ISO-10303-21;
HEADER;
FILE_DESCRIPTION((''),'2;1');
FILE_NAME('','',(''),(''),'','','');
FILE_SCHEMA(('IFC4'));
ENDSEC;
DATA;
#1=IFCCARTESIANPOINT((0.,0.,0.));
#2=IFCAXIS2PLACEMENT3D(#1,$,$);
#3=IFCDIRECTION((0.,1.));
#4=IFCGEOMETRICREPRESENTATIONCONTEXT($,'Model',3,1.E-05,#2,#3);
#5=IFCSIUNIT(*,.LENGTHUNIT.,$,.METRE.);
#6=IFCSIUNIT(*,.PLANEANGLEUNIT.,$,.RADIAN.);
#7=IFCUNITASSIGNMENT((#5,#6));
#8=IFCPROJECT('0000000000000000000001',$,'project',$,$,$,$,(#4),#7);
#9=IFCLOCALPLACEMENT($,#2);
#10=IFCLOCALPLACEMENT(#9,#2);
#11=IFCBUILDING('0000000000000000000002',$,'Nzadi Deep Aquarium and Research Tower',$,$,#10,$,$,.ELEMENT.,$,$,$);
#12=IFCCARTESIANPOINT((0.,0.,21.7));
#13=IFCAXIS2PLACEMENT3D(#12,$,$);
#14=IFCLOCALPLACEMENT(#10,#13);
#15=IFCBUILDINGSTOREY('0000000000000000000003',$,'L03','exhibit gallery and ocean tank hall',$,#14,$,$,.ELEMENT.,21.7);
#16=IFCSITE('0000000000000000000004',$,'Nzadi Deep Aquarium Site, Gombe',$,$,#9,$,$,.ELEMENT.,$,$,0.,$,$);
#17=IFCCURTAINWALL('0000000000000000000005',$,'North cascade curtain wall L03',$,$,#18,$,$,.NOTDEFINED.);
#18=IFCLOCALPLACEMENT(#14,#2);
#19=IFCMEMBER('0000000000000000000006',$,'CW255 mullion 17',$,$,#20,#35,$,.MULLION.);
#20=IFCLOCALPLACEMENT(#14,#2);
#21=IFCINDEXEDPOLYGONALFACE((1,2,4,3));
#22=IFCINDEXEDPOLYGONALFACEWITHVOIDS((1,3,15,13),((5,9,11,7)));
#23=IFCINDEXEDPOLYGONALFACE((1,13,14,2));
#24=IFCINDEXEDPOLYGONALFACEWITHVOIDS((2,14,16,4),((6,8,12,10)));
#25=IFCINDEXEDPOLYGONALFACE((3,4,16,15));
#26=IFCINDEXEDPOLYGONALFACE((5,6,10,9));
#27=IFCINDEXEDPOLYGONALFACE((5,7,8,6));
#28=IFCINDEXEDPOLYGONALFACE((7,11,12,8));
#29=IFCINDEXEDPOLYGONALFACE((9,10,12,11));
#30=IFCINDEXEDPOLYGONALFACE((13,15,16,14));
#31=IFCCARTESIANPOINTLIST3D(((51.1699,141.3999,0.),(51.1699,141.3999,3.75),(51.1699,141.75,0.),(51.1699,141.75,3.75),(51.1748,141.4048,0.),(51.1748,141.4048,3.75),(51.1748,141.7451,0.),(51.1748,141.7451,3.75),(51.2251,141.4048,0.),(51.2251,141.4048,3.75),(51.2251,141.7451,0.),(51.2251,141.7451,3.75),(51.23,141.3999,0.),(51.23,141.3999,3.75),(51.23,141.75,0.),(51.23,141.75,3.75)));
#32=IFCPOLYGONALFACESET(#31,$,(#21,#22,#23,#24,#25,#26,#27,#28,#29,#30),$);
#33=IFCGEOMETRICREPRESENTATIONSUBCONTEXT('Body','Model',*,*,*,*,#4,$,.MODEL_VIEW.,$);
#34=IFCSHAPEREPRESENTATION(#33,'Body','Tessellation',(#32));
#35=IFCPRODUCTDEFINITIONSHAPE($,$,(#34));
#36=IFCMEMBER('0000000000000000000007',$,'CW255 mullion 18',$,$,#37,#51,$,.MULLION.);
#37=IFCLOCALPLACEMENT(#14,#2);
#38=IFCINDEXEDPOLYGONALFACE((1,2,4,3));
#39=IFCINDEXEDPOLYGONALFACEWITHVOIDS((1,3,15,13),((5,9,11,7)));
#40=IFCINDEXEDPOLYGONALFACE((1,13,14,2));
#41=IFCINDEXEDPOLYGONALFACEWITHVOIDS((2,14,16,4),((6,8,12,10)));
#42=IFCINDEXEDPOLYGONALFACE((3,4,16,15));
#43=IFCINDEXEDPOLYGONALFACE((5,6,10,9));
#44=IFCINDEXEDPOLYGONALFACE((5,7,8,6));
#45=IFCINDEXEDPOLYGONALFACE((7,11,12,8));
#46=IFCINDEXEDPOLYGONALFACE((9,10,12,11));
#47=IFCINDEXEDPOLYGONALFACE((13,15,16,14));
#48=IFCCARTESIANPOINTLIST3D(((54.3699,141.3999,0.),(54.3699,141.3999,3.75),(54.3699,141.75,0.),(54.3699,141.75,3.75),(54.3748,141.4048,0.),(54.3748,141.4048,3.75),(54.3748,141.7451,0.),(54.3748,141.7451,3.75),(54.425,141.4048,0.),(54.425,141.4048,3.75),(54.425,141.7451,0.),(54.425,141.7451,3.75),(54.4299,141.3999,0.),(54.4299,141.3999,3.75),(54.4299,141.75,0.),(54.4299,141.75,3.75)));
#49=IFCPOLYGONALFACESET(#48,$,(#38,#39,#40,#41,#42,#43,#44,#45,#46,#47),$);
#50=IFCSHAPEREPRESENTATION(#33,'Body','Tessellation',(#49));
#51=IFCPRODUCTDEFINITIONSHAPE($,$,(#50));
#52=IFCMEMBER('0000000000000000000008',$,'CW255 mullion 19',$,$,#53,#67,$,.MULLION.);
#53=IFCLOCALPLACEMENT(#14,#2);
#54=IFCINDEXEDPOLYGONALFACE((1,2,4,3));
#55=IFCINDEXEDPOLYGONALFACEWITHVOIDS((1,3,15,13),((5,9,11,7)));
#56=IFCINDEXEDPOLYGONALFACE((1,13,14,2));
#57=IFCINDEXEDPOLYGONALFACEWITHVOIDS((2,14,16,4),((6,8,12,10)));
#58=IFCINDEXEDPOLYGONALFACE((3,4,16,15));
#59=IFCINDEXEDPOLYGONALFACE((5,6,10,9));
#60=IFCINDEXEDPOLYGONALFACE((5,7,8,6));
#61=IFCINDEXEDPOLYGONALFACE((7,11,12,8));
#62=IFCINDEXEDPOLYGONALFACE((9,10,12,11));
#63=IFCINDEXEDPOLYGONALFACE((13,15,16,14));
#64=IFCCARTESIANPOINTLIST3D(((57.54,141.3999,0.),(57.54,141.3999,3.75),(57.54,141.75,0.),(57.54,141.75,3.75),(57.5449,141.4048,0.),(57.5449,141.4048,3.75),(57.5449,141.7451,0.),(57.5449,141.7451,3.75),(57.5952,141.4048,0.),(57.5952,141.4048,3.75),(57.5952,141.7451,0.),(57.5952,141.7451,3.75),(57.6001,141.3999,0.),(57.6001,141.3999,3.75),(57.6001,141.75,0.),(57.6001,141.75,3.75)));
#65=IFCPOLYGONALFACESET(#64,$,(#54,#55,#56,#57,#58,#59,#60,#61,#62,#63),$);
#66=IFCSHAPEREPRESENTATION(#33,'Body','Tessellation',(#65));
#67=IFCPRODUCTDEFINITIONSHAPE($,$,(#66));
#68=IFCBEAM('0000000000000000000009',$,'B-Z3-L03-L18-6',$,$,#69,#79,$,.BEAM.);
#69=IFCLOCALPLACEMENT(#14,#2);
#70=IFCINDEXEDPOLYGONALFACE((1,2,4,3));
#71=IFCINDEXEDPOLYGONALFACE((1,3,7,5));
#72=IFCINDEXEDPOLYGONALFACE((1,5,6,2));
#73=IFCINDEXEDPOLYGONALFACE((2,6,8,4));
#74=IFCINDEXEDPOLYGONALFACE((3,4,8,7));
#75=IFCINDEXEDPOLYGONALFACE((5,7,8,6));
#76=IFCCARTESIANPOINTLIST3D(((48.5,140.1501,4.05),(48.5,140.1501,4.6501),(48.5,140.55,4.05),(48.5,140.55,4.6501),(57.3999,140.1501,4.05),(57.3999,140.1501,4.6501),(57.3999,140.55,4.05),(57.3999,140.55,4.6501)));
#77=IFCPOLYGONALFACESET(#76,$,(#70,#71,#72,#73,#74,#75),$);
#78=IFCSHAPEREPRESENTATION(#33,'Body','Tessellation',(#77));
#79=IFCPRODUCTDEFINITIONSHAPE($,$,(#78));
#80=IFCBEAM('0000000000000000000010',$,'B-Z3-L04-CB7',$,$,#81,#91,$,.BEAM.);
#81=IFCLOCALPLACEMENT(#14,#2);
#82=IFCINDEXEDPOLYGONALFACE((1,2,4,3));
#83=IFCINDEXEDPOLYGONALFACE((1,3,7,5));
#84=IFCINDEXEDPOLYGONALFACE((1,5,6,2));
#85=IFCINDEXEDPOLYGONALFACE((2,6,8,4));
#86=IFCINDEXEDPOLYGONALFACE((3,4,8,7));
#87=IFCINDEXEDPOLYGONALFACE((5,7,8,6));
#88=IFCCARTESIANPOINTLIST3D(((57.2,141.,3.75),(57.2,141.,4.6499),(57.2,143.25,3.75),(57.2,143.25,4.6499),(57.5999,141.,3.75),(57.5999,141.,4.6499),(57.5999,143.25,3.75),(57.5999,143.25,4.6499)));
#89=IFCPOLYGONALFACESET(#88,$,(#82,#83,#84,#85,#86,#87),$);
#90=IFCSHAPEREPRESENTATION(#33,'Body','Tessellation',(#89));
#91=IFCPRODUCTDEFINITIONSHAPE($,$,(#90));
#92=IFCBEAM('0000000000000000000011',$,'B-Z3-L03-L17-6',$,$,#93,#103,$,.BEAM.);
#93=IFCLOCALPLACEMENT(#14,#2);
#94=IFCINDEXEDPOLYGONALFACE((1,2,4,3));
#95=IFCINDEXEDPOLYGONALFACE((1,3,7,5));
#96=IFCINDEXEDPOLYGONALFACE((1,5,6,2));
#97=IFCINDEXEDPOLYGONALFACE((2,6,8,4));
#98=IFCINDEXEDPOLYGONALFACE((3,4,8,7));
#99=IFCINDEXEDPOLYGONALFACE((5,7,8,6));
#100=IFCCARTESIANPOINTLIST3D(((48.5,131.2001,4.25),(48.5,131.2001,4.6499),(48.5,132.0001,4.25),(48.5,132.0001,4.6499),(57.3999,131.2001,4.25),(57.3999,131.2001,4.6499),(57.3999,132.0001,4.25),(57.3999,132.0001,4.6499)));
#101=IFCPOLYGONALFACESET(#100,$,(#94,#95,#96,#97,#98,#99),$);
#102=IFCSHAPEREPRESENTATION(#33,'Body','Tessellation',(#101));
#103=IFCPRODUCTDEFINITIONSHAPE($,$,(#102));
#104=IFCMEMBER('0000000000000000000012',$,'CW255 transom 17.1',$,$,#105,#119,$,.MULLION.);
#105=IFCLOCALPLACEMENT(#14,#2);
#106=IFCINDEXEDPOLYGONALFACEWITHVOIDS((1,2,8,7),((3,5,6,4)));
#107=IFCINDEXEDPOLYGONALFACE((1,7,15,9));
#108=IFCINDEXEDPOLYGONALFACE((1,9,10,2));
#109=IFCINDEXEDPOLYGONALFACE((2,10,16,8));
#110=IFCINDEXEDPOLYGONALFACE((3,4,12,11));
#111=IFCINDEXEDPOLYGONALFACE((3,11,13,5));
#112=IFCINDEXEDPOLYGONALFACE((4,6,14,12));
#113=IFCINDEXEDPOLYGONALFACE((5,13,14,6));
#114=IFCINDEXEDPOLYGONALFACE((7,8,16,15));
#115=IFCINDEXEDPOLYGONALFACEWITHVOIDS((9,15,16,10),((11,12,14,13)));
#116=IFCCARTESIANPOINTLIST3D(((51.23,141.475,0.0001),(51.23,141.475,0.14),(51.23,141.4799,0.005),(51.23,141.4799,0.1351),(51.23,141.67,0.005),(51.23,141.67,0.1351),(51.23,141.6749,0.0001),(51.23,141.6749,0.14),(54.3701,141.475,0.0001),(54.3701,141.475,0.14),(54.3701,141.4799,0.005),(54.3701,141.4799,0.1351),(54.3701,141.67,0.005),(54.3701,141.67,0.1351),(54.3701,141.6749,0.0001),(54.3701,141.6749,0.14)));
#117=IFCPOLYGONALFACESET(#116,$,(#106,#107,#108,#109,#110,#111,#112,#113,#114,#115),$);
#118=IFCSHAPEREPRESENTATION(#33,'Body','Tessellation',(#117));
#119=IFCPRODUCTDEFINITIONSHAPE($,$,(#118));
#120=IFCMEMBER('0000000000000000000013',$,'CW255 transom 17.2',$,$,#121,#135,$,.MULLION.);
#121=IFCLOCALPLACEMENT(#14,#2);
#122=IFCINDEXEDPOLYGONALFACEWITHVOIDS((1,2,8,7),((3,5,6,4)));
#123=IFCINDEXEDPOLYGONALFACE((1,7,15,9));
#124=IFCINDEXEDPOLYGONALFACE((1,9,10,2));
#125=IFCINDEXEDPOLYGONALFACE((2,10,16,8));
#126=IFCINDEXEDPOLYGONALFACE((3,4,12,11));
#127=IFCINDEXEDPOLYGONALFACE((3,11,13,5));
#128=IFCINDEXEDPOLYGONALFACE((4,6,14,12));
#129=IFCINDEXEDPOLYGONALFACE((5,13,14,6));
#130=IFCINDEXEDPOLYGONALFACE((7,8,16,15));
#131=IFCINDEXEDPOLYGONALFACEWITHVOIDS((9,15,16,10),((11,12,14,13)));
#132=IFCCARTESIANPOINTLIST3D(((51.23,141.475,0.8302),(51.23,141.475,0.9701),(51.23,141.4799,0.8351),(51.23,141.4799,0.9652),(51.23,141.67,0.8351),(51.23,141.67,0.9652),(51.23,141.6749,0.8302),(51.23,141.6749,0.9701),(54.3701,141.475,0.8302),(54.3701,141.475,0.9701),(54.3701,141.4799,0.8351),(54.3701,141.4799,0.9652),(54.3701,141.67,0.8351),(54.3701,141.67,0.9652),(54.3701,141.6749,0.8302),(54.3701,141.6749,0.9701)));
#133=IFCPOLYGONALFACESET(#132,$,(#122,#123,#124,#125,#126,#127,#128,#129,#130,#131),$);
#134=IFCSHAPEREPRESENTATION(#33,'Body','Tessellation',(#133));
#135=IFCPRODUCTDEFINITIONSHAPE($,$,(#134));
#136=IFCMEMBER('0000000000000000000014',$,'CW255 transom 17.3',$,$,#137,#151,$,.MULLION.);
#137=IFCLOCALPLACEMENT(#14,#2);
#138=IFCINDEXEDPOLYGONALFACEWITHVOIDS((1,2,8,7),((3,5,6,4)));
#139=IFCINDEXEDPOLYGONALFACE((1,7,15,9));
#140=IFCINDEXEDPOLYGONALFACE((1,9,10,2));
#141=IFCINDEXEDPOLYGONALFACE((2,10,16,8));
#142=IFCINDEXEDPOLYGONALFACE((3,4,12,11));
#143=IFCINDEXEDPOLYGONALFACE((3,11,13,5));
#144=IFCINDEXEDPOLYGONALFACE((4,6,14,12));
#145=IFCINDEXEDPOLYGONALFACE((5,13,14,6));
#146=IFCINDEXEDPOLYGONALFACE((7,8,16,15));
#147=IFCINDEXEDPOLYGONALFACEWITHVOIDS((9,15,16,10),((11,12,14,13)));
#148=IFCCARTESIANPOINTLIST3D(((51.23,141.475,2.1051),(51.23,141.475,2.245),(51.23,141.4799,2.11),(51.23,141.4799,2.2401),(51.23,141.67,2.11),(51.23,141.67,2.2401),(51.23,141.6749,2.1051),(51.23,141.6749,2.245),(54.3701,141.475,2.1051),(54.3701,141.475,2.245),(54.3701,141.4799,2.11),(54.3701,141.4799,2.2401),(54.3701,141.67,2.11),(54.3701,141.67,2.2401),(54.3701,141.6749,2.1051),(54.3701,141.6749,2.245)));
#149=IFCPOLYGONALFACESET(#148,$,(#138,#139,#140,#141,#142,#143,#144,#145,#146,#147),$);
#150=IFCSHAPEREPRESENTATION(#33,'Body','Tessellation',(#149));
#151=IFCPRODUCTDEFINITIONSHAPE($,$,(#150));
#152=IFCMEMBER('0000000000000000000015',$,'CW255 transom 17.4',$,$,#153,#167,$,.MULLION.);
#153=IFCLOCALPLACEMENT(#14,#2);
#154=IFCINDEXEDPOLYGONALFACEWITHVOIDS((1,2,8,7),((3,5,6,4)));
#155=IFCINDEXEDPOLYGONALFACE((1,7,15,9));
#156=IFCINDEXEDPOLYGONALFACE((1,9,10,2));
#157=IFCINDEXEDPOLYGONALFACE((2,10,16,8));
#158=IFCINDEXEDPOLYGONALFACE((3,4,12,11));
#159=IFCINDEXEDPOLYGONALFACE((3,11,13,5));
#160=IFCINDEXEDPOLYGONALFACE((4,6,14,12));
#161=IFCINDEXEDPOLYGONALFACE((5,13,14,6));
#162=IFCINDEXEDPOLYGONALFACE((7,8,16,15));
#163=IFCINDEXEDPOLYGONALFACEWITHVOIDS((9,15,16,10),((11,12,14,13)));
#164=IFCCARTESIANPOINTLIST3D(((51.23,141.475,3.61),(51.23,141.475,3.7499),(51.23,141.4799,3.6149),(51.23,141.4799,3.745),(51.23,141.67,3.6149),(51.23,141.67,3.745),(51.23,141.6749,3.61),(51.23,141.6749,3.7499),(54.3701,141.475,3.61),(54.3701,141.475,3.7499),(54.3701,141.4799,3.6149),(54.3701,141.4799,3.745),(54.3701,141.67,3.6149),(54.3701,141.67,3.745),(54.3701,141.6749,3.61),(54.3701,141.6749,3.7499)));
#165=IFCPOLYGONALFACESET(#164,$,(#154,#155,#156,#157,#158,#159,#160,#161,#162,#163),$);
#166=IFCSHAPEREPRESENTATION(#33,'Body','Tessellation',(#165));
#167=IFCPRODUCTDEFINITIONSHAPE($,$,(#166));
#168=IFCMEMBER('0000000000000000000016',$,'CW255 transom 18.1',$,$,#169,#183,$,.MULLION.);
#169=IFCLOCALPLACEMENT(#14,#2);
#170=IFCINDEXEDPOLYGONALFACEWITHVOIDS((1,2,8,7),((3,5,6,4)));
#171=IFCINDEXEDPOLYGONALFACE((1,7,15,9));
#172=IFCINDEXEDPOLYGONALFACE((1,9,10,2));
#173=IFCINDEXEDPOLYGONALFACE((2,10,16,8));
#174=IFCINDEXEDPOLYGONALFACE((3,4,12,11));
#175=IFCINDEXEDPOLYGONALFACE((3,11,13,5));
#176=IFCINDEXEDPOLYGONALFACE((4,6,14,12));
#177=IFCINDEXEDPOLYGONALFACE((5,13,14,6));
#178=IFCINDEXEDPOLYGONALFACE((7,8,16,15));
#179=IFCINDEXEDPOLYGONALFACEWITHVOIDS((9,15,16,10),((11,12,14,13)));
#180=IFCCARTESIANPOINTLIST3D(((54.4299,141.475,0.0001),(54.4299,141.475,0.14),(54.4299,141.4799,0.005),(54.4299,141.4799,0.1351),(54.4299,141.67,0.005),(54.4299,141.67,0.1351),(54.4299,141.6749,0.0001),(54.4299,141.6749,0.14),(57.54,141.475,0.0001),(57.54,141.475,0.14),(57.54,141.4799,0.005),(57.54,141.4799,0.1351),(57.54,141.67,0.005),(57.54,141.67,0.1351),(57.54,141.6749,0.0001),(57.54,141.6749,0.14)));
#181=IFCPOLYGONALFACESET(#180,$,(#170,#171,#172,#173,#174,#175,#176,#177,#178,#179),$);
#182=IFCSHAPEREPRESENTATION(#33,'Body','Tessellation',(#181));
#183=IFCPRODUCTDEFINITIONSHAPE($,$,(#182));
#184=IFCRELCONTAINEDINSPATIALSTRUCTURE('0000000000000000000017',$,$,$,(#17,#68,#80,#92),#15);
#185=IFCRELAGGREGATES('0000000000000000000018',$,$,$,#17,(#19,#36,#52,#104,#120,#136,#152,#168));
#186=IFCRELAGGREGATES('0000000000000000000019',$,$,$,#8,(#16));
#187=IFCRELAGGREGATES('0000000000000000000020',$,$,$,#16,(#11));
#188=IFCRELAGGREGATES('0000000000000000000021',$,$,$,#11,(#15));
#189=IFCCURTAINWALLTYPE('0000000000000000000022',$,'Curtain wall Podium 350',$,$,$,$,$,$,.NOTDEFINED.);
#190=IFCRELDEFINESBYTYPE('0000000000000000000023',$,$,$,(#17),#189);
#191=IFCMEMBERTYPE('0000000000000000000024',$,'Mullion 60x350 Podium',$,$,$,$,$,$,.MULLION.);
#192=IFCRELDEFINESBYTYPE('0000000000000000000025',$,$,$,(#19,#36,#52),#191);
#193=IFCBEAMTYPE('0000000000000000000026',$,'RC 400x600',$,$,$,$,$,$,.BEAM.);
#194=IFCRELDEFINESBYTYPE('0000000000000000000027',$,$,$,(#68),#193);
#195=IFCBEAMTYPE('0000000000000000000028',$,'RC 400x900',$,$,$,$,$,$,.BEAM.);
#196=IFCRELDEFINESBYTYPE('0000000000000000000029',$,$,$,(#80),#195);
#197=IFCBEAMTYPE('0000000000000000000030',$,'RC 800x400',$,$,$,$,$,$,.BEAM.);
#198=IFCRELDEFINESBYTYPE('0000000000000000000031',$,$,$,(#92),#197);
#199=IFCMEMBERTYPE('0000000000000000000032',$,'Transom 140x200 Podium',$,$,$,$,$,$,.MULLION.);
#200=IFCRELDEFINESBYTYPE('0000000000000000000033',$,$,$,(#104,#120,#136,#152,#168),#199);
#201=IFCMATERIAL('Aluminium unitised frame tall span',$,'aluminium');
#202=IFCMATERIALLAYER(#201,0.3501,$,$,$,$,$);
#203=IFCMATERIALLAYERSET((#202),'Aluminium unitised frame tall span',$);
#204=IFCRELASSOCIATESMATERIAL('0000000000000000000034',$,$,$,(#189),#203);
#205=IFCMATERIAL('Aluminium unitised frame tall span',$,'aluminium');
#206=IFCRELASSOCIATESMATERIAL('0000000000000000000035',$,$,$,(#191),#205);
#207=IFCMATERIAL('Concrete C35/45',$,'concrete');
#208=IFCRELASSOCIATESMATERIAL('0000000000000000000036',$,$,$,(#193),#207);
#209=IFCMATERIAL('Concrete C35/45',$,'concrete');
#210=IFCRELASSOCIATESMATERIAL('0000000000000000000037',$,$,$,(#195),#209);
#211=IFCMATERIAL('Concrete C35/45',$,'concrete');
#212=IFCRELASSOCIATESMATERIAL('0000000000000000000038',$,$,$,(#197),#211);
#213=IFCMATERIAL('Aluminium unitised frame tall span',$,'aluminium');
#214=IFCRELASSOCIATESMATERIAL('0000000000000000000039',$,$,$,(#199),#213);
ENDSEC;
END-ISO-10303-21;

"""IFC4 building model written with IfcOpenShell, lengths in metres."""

from ifc_helpers import new_model, si_unit, direction, frame, origin, origin_2d, place, context, subcontext, project, spatial, rectangle, hollow_rectangle, extrude, material, layer, layer_set, material_profile, profile_set, type_object, element, aggregate, save


model = new_model("IFC4")

# Units and contexts
model_context = context("Model", 3, precision=1e-05, world=origin(), true_north=direction((0.0, 1.0)))
body_context = subcontext(model_context, "Body", "Model", "MODEL_VIEW")
ifc_project = project(units=[si_unit("LENGTHUNIT", "METRE"), si_unit("PLANEANGLEUNIT", "RADIAN")], contexts=[model_context])

# Site, building, storey
site_placement = place(None, origin())
site = spatial("IfcSite", under=ifc_project, at=site_placement, Name="Nzadi Deep Aquarium Site, Gombe", CompositionType="ELEMENT", RefElevation=0.0)
building_placement = place(site_placement, origin())
building = spatial("IfcBuilding", under=site, at=building_placement, Name="Nzadi Deep Aquarium and Research Tower", CompositionType="ELEMENT")
storey_placement = place(building_placement, frame((0.0, 0.0, 21.7)))
storey = spatial("IfcBuildingStorey", under=building, at=storey_placement, Name="L03", Description="exhibit gallery and ocean tank hall", CompositionType="ELEMENT", Elevation=21.7)

# Curtain wall, members
ifc_material_1 = material(Name="Aluminium unitised frame tall span", Category="aluminium")
ifc_layer_1 = layer(ifc_material_1, 0.3501)
ifc_layer_set_1 = layer_set([ifc_layer_1], Name="Aluminium unitised frame tall span")
curtain_wall_type = type_object("IfcCurtainWallType", Name="Curtain wall Podium 350", PredefinedType="NOTDEFINED", material=ifc_layer_set_1)
curtain_wall_placement = place(storey_placement, origin())
curtain_wall = element("IfcCurtainWall", 1, at=curtain_wall_placement, inside=storey, type_object=curtain_wall_type, Name="North cascade curtain wall L03", PredefinedType="NOTDEFINED")
ifc_material_2 = material(Name="Aluminium unitised frame tall span", Category="aluminium")
ifc_material_profile_1 = material_profile(ifc_material_2, hollow_rectangle(XDim=0.3501, YDim=0.0601, WallThickness=0.0049, at=origin_2d()))
ifc_profile_set_1 = profile_set([ifc_material_profile_1], Name="Aluminium unitised frame tall span")
member_type_1 = type_object("IfcMemberType", Name="Mullion 60x350 Podium", PredefinedType="MULLION", material=ifc_profile_set_1)
member_1_placement = place(storey_placement, frame((51.2, 141.575, 0.0), z_axis=(0.0, 0.0, 1.0), x_axis=(0.0, 1.0, 0.0)))
member_1 = element("IfcMember", 2, at=member_1_placement, type_object=member_type_1, Name="CW255 mullion 17", PredefinedType="MULLION", context=body_context, shape_type="SweptSolid", body=[
    extrude(hollow_rectangle(XDim=0.3501, YDim=0.0601, WallThickness=0.0049, at=origin_2d()), origin(), (0.0, 0.0, 1.0), 3.75),
])
member_2_placement = place(storey_placement, frame((54.3999, 141.575, 0.0), z_axis=(0.0, 0.0, 1.0), x_axis=(0.0, 1.0, 0.0)))
member_2 = element("IfcMember", 3, at=member_2_placement, type_object=member_type_1, Name="CW255 mullion 18", PredefinedType="MULLION", context=body_context, shape_type="SweptSolid", body=[
    extrude(hollow_rectangle(XDim=0.3501, YDim=0.0601, WallThickness=0.0049, at=origin_2d()), origin(), (0.0, 0.0, 1.0), 3.75),
])
member_3_placement = place(storey_placement, frame((57.5701, 141.575, 0.0), z_axis=(0.0, 0.0, 1.0), x_axis=(0.0, 1.0, 0.0)))
member_3 = element("IfcMember", 4, at=member_3_placement, type_object=member_type_1, Name="CW255 mullion 19", PredefinedType="MULLION", context=body_context, shape_type="SweptSolid", body=[
    extrude(hollow_rectangle(XDim=0.3501, YDim=0.0601, WallThickness=0.0049, at=origin_2d()), origin(), (0.0, 0.0, 1.0), 3.75),
])

# Beams
ifc_material_3 = material(Name="Concrete C35/45", Category="concrete")
ifc_material_profile_2 = material_profile(ifc_material_3, rectangle(XDim=0.3999, YDim=0.6001, at=origin_2d()))
ifc_profile_set_2 = profile_set([ifc_material_profile_2], Name="Concrete C35/45")
beam_type_1 = type_object("IfcBeamType", Name="RC 400x600", PredefinedType="BEAM", material=ifc_profile_set_2)
beam_1_placement = place(storey_placement, frame((48.5, 140.3501, 4.3501), z_axis=(1.0, 0.0, 0.0), x_axis=(0.0, 1.0, 0.0)))
element("IfcBeam", 5, at=beam_1_placement, inside=storey, type_object=beam_type_1, Name="B-Z3-L03-L18-6", PredefinedType="BEAM", context=body_context, shape_type="SweptSolid", body=[
    extrude(rectangle(XDim=0.3999, YDim=0.6001, at=origin_2d()), origin(), (0.0, 0.0, 1.0), 8.8999),
])
ifc_material_4 = material(Name="Concrete C35/45", Category="concrete")
ifc_material_profile_3 = material_profile(ifc_material_4, rectangle(XDim=0.3999, YDim=0.8999, at=origin_2d()))
ifc_profile_set_3 = profile_set([ifc_material_profile_3], Name="Concrete C35/45")
beam_type_2 = type_object("IfcBeamType", Name="RC 400x900", PredefinedType="BEAM", material=ifc_profile_set_3)
beam_2_placement = place(storey_placement, frame((57.3999, 141.0, 4.2), z_axis=(0.0, 1.0, 0.0), x_axis=(-1.0, 0.0, 0.0)))
element("IfcBeam", 6, at=beam_2_placement, inside=storey, type_object=beam_type_2, Name="B-Z3-L04-CB7", PredefinedType="BEAM", context=body_context, shape_type="SweptSolid", body=[
    extrude(rectangle(XDim=0.3999, YDim=0.8999, at=origin_2d()), origin(), (0.0, 0.0, 1.0), 2.25),
])
ifc_material_5 = material(Name="Concrete C35/45", Category="concrete")
ifc_material_profile_4 = material_profile(ifc_material_5, rectangle(XDim=0.8, YDim=0.3999, at=origin_2d()))
ifc_profile_set_4 = profile_set([ifc_material_profile_4], Name="Concrete C35/45")
beam_type_3 = type_object("IfcBeamType", Name="RC 800x400", PredefinedType="BEAM", material=ifc_profile_set_4)
beam_3_placement = place(storey_placement, frame((48.5, 131.6001, 4.45), z_axis=(1.0, 0.0, 0.0), x_axis=(0.0, 1.0, 0.0)))
element("IfcBeam", 7, at=beam_3_placement, inside=storey, type_object=beam_type_3, Name="B-Z3-L03-L17-6", PredefinedType="BEAM", context=body_context, shape_type="SweptSolid", body=[
    extrude(rectangle(XDim=0.8, YDim=0.3999, at=origin_2d()), origin(), (0.0, 0.0, 1.0), 8.8999),
])

# Members
ifc_material_6 = material(Name="Aluminium unitised frame tall span", Category="aluminium")
ifc_material_profile_5 = material_profile(ifc_material_6, hollow_rectangle(XDim=0.2, YDim=0.1399, WallThickness=0.0049, at=origin_2d()))
ifc_profile_set_5 = profile_set([ifc_material_profile_5], Name="Aluminium unitised frame tall span")
member_type_2 = type_object("IfcMemberType", Name="Transom 140x200 Podium", PredefinedType="MULLION", material=ifc_profile_set_5)
member_4_placement = place(storey_placement, frame((51.23, 141.575, 0.0701), z_axis=(1.0, 0.0, 0.0), x_axis=(0.0, 1.0, 0.0)))
member_4 = element("IfcMember", 8, at=member_4_placement, type_object=member_type_2, Name="CW255 transom 17.1", PredefinedType="MULLION", context=body_context, shape_type="SweptSolid", body=[
    extrude(hollow_rectangle(XDim=0.2, YDim=0.1399, WallThickness=0.0049, at=origin_2d()), origin(), (0.0, 0.0, 1.0), 3.1401),
])
member_5_placement = place(storey_placement, frame((51.23, 141.575, 0.9001), z_axis=(1.0, 0.0, 0.0), x_axis=(0.0, 1.0, 0.0)))
member_5 = element("IfcMember", 9, at=member_5_placement, type_object=member_type_2, Name="CW255 transom 17.2", PredefinedType="MULLION", context=body_context, shape_type="SweptSolid", body=[
    extrude(hollow_rectangle(XDim=0.2, YDim=0.1399, WallThickness=0.0049, at=origin_2d()), origin(), (0.0, 0.0, 1.0), 3.1401),
])
member_6_placement = place(storey_placement, frame((51.23, 141.575, 2.175), z_axis=(1.0, 0.0, 0.0), x_axis=(0.0, 1.0, 0.0)))
member_6 = element("IfcMember", 10, at=member_6_placement, type_object=member_type_2, Name="CW255 transom 17.3", PredefinedType="MULLION", context=body_context, shape_type="SweptSolid", body=[
    extrude(hollow_rectangle(XDim=0.2, YDim=0.1399, WallThickness=0.0049, at=origin_2d()), origin(), (0.0, 0.0, 1.0), 3.1401),
])
member_7_placement = place(storey_placement, frame((51.23, 141.575, 3.6799), z_axis=(1.0, 0.0, 0.0), x_axis=(0.0, 1.0, 0.0)))
member_7 = element("IfcMember", 11, at=member_7_placement, type_object=member_type_2, Name="CW255 transom 17.4", PredefinedType="MULLION", context=body_context, shape_type="SweptSolid", body=[
    extrude(hollow_rectangle(XDim=0.2, YDim=0.1399, WallThickness=0.0049, at=origin_2d()), origin(), (0.0, 0.0, 1.0), 3.1401),
])
member_8_placement = place(storey_placement, frame((54.4299, 141.575, 0.0701), z_axis=(1.0, 0.0, 0.0), x_axis=(0.0, 1.0, 0.0)))
member_8 = element("IfcMember", 12, at=member_8_placement, type_object=member_type_2, Name="CW255 transom 18.1", PredefinedType="MULLION", context=body_context, shape_type="SweptSolid", body=[
    extrude(hollow_rectangle(XDim=0.2, YDim=0.1399, WallThickness=0.0049, at=origin_2d()), origin(), (0.0, 0.0, 1.0), 3.1101),
])

aggregate(curtain_wall, [member_1, member_2, member_3, member_4, member_5, member_6, member_7, member_8])

save(model, "model.ifc")
